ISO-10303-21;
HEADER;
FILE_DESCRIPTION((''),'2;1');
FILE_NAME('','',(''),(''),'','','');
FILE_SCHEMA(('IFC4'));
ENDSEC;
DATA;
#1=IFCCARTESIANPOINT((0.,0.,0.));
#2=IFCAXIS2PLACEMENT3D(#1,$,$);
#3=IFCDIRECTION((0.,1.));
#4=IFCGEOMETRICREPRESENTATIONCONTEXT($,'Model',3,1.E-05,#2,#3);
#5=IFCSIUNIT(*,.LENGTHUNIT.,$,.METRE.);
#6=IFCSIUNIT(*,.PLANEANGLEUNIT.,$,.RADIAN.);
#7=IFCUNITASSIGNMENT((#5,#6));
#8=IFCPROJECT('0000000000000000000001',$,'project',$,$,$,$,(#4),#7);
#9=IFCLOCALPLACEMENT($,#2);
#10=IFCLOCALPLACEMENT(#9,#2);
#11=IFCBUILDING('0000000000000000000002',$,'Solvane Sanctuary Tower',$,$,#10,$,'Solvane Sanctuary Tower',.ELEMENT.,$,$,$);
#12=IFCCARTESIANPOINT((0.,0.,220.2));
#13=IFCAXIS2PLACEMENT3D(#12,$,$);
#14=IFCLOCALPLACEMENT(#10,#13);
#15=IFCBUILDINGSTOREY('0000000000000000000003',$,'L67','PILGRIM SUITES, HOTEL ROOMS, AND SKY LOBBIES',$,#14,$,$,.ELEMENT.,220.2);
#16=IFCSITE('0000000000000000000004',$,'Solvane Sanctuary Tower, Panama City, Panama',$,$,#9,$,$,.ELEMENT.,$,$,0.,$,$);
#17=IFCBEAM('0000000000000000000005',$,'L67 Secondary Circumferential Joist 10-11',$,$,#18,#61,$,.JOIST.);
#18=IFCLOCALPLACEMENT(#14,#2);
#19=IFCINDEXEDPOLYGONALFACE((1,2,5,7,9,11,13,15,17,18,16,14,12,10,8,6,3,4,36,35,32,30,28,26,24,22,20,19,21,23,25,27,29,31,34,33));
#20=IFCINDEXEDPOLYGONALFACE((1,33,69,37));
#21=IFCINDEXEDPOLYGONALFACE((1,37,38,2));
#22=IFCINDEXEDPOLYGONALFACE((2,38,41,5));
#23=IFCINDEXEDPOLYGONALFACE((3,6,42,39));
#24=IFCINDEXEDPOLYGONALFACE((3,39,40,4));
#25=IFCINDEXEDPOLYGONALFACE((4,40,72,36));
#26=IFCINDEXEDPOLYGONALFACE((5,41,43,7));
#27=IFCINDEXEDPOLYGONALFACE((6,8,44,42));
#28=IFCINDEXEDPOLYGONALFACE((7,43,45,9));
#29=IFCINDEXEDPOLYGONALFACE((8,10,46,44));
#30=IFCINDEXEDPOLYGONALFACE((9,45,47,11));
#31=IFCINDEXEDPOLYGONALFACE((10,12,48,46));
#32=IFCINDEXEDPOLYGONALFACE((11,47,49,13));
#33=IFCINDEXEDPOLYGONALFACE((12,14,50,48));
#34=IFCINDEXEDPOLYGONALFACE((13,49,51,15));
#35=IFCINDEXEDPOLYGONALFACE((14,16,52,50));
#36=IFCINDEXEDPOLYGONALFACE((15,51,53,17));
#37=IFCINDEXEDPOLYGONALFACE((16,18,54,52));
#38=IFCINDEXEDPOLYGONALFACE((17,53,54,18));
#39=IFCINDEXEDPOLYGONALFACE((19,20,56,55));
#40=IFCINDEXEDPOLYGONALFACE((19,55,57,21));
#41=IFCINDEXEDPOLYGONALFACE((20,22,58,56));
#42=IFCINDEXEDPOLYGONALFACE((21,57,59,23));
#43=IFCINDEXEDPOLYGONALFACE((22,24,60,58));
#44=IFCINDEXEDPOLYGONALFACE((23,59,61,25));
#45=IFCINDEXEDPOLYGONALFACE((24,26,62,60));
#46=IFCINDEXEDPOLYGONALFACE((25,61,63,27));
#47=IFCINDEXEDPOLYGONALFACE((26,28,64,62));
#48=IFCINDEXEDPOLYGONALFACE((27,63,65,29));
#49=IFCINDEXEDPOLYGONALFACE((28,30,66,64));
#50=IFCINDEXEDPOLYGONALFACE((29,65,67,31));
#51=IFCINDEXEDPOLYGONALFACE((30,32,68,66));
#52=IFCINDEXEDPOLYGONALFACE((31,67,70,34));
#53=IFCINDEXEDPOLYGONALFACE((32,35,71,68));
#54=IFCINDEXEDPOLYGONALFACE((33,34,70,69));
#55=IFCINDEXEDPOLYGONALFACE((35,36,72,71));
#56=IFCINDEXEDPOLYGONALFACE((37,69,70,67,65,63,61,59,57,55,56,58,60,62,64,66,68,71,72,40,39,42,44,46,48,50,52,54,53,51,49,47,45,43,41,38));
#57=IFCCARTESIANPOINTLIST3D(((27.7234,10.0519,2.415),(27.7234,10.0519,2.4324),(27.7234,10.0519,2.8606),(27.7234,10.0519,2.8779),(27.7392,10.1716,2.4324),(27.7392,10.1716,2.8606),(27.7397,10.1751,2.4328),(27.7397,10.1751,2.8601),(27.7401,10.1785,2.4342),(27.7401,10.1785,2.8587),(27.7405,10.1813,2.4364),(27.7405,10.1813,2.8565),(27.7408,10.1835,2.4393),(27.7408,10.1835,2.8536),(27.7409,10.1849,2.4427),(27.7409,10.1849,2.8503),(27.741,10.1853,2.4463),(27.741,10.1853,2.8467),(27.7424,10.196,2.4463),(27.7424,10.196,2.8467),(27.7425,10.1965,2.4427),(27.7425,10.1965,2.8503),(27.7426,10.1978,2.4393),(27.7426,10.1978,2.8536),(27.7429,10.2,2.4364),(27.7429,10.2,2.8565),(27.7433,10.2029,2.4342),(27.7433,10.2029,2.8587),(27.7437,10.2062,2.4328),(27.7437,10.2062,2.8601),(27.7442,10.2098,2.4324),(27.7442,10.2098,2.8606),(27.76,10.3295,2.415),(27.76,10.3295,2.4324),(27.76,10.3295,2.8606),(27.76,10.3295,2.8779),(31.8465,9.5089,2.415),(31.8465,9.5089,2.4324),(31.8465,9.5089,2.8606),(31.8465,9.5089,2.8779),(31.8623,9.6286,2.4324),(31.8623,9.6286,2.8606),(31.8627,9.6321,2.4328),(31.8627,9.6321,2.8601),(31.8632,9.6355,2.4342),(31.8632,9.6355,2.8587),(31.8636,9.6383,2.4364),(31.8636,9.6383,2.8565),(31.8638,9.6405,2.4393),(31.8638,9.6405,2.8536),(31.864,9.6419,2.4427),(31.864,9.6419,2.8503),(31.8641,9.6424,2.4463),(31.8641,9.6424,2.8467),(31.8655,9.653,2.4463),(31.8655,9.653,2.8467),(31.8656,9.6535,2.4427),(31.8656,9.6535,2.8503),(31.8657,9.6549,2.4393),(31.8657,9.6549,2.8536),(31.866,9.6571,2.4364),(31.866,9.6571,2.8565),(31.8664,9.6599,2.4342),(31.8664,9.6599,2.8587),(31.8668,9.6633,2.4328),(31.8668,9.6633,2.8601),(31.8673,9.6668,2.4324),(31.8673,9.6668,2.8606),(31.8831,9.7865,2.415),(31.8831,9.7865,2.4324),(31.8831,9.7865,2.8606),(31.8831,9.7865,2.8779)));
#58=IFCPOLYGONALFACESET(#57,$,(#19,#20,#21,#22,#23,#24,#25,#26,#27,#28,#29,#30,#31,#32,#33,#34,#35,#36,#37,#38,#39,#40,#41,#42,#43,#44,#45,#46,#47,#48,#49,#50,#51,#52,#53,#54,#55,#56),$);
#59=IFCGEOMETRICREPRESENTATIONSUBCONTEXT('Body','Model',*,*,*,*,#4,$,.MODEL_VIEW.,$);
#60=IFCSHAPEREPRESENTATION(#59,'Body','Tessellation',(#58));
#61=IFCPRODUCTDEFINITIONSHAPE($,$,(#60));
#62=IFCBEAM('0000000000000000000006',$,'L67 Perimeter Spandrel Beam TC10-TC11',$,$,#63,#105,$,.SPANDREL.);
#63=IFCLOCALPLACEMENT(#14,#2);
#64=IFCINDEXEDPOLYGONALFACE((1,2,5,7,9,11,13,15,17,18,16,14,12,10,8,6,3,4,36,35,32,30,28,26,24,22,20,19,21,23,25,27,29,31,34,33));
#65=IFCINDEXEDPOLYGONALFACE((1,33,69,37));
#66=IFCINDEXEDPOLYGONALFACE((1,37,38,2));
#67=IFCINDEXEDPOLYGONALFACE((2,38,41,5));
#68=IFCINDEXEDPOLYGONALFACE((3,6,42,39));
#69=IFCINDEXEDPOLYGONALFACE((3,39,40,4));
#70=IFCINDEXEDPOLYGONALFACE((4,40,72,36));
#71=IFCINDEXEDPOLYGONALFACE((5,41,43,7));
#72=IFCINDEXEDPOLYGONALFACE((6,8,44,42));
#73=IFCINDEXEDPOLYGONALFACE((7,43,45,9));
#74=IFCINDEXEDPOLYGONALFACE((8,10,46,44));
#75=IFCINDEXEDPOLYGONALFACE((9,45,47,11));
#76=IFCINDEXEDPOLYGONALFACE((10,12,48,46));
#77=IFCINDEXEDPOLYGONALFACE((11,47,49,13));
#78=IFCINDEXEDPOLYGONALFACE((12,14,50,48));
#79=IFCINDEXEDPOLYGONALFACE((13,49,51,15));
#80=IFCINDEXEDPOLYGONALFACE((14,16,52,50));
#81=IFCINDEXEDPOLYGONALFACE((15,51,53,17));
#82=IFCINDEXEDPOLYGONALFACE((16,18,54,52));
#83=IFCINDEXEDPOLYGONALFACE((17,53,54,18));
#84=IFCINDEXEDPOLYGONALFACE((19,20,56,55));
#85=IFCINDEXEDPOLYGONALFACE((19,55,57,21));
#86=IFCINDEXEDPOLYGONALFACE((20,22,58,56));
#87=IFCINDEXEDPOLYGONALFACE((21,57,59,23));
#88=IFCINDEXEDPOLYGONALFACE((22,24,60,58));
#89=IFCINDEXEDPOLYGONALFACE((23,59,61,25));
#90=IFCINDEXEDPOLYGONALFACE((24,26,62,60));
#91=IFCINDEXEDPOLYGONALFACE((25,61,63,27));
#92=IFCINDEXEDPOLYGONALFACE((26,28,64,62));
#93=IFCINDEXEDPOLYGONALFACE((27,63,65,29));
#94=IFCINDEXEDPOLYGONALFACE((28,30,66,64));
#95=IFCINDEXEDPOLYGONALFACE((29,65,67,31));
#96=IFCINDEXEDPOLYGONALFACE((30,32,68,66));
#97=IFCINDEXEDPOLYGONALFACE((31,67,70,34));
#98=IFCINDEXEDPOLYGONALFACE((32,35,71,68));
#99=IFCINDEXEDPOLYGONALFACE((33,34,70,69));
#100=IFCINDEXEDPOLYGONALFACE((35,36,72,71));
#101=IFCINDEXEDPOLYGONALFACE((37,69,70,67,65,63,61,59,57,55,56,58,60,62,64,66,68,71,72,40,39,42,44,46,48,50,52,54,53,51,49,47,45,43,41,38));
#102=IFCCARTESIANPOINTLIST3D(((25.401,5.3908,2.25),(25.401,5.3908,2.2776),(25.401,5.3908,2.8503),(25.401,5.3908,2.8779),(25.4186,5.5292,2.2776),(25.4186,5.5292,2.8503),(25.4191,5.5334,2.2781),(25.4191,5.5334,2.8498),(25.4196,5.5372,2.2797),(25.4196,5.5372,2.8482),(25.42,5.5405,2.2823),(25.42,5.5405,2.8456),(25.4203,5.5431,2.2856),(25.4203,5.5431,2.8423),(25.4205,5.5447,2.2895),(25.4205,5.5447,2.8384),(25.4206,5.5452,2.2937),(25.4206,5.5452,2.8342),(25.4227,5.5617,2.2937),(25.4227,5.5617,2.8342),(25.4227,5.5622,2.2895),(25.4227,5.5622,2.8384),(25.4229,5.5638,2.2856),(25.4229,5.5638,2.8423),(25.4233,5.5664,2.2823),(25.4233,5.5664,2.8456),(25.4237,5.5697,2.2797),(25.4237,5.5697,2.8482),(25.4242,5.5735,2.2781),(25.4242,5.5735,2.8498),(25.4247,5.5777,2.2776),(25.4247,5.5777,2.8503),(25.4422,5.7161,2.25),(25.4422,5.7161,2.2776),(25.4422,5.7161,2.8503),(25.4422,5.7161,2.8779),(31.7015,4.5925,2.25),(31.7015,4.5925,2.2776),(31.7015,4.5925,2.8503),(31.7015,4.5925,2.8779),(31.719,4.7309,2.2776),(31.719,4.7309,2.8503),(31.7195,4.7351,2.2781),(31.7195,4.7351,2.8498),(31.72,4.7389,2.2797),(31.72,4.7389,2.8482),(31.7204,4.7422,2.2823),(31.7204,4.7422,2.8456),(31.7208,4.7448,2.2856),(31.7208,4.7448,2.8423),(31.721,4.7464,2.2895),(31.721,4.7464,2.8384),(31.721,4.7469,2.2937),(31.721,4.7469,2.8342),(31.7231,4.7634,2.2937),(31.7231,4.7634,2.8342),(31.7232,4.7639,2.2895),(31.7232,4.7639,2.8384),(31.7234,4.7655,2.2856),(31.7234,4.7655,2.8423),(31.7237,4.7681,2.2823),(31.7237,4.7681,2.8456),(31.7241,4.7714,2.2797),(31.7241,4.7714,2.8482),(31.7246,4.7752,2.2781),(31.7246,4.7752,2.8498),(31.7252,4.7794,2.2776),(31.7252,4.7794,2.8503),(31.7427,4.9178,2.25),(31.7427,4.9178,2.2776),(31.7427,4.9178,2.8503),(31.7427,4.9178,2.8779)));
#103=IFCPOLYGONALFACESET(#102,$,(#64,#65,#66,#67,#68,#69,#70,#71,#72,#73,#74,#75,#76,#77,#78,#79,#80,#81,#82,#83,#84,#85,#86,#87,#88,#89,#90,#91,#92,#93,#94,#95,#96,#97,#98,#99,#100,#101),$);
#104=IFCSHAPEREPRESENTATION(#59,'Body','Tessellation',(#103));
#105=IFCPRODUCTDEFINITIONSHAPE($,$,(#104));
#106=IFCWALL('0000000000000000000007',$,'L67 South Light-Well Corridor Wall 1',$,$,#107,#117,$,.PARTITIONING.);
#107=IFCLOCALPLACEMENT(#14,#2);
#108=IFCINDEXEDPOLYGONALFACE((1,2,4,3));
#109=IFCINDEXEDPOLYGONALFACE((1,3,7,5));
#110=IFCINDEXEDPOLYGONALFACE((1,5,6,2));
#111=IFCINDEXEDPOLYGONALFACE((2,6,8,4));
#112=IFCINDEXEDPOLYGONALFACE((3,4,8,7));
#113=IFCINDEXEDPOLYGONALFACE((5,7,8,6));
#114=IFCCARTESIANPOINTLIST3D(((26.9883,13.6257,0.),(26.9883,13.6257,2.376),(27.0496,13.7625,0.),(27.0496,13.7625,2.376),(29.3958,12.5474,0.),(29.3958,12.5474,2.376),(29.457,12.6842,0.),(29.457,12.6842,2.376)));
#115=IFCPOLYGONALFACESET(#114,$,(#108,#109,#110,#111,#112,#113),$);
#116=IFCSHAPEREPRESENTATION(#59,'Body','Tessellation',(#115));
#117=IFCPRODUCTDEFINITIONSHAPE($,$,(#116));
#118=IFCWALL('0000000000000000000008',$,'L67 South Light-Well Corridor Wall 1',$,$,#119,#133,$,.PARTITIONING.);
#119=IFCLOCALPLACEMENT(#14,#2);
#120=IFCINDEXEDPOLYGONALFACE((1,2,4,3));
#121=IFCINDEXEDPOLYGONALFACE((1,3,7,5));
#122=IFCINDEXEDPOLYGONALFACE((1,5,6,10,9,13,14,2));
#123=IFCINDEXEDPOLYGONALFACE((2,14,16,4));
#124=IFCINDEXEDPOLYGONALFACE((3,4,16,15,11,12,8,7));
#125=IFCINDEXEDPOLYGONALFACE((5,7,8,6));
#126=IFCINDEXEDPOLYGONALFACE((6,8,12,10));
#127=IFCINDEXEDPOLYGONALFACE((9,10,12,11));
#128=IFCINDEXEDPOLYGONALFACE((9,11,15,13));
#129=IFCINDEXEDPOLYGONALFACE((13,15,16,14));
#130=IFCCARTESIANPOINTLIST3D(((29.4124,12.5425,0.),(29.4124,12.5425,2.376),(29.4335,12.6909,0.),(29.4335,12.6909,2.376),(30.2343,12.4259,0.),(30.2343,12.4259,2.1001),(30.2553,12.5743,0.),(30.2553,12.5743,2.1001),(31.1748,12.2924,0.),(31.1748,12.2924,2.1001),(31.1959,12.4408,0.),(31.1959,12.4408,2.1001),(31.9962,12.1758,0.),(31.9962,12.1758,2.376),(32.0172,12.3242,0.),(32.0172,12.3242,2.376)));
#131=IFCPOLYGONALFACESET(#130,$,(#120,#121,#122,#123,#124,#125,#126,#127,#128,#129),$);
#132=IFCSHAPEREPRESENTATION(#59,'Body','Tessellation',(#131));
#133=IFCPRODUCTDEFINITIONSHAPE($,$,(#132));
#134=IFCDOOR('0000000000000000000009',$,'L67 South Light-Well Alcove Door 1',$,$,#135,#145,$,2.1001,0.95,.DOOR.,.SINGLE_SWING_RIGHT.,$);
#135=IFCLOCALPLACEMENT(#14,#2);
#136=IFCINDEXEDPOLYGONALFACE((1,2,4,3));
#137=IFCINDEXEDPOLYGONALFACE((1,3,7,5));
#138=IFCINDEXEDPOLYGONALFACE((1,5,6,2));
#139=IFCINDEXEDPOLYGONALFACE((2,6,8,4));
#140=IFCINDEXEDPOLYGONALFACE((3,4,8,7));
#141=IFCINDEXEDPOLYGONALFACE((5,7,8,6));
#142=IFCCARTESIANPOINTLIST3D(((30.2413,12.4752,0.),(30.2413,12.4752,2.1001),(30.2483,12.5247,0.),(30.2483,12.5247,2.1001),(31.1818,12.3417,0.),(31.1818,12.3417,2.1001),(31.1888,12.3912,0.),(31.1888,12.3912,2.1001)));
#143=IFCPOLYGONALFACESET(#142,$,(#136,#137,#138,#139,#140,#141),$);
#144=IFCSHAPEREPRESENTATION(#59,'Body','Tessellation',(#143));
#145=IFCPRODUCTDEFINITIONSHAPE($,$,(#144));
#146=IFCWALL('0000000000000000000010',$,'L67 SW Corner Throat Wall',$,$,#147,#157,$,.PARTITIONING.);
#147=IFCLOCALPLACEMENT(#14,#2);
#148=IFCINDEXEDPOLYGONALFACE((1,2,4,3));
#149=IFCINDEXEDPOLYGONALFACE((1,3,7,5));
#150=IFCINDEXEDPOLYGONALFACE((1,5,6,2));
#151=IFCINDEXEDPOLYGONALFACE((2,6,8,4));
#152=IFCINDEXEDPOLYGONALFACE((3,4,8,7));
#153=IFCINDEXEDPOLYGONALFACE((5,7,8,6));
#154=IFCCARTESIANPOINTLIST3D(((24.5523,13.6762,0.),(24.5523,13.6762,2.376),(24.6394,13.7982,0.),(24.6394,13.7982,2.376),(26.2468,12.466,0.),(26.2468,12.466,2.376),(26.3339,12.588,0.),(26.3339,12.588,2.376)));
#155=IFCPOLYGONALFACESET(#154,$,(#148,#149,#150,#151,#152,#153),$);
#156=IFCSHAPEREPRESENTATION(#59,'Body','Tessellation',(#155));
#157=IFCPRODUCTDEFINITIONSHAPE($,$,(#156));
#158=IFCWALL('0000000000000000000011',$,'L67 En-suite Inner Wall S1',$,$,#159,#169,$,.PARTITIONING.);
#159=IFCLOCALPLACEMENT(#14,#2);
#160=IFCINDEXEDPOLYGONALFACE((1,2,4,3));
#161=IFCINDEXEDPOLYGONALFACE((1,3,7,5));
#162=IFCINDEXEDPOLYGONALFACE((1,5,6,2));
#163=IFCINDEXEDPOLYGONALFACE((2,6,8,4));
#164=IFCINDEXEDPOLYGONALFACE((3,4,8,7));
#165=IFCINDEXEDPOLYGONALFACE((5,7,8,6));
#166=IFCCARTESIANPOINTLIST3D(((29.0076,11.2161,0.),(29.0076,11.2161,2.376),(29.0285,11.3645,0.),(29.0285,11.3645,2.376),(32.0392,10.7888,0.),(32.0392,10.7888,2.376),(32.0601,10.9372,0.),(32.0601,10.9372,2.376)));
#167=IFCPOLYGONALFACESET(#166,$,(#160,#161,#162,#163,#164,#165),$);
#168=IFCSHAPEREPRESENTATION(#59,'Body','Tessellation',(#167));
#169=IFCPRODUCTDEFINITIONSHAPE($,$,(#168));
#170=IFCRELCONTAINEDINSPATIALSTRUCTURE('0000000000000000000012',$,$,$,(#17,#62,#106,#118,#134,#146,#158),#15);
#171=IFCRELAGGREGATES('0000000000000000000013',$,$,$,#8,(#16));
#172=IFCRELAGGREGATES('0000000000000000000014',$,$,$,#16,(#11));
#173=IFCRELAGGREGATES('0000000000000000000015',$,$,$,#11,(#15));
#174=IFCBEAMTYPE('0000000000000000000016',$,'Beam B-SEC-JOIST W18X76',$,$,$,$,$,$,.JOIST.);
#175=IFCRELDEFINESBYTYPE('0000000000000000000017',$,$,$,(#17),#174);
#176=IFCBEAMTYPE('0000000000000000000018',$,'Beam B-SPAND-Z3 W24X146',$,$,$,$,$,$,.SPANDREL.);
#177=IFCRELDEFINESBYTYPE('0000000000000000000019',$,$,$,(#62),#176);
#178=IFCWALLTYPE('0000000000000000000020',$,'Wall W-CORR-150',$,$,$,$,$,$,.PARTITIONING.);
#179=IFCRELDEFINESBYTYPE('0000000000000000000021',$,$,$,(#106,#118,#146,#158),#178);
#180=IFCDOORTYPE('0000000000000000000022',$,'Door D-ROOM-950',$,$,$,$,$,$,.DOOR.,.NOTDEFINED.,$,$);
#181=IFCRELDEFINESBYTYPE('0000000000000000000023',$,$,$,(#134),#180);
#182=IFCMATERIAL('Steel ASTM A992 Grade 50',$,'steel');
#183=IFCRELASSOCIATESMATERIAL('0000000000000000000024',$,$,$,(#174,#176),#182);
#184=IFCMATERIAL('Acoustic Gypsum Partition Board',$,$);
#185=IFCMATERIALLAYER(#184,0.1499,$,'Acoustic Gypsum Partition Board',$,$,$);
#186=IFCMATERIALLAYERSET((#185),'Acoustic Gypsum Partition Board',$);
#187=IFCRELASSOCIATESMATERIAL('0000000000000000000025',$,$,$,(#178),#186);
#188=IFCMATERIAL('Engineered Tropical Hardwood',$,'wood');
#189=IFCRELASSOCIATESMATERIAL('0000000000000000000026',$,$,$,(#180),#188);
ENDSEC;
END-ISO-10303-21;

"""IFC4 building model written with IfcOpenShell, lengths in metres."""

from ifc_helpers import new_model, si_unit, direction, frame, frame_2d, origin, origin_2d, place, context, subcontext, project, spatial, rectangle, i_section, extrude, material, layer, layer_set, material_profile, profile_set, type_object, element, fill, save


model = new_model("IFC4")

# Units and contexts
model_context = context("Model", 3, precision=1e-05, world=origin(), true_north=direction((0.0, 1.0)))
body_context = subcontext(model_context, "Body", "Model", "MODEL_VIEW")
ifc_project = project(units=[si_unit("LENGTHUNIT", "METRE"), si_unit("PLANEANGLEUNIT", "RADIAN")], contexts=[model_context])

# Site, building, storey
site_placement = place(None, origin())
site = spatial("IfcSite", under=ifc_project, at=site_placement, Name="Solvane Sanctuary Tower, Panama City, Panama", CompositionType="ELEMENT", RefElevation=0.0)
building_placement = place(site_placement, origin())
building = spatial("IfcBuilding", under=site, at=building_placement, Name="Solvane Sanctuary Tower", LongName="Solvane Sanctuary Tower", CompositionType="ELEMENT")
storey_placement = place(building_placement, frame((0.0, 0.0, 220.2)))
storey = spatial("IfcBuildingStorey", under=building, at=storey_placement, Name="L67", Description="PILGRIM SUITES, HOTEL ROOMS, AND SKY LOBBIES", CompositionType="ELEMENT", Elevation=220.2)

# Beams
ifc_material_1 = material(Name="Steel ASTM A992 Grade 50", Category="steel")
ifc_material_profile_1 = material_profile(ifc_material_1, i_section(OverallWidth=0.28, OverallDepth=0.4629, WebThickness=0.0107, FlangeThickness=0.0173, FilletRadius=0.0139, at=origin_2d()), Name="W18X76")
ifc_profile_set_1 = profile_set([ifc_material_profile_1], Name="Steel ASTM A992 Grade 50")
beam_type_1 = type_object("IfcBeamType", Name="Beam B-SEC-JOIST W18X76", PredefinedType="JOIST", material=ifc_profile_set_1)
beam_1_placement = place(storey_placement, frame((27.7417, 10.1907, 2.6465), z_axis=(0.99144, -0.130564, 0.0), x_axis=(0.130564, 0.99144, 0.0)))
element("IfcBeam", 1, at=beam_1_placement, inside=storey, type_object=beam_type_1, Name="L67 Secondary Circumferential Joist 10-11", PredefinedType="JOIST", context=body_context, shape_type="SweptSolid", body=[
    extrude(i_section(OverallWidth=0.28, OverallDepth=0.4629, WebThickness=0.0107, FlangeThickness=0.0173, FilletRadius=0.0139, at=origin_2d()), origin(), (0.0, 0.0, 1.0), 4.1587),
])
ifc_material_profile_2 = material_profile(ifc_material_1, i_section(OverallWidth=0.3279, OverallDepth=0.6279, WebThickness=0.0166, FlangeThickness=0.0276, FilletRadius=0.0161, at=origin_2d()), Name="W24X146")
ifc_profile_set_2 = profile_set([ifc_material_profile_2], Name="Steel ASTM A992 Grade 50")
beam_type_2 = type_object("IfcBeamType", Name="Beam B-SPAND-Z3 W24X146", PredefinedType="SPANDREL", material=ifc_profile_set_2)
beam_2_placement = place(storey_placement, frame((25.4216, 5.5535, 2.564), z_axis=(0.992068, -0.125705, 0.0), x_axis=(0.125705, 0.992068, 0.0)))
element("IfcBeam", 2, at=beam_2_placement, inside=storey, type_object=beam_type_2, Name="L67 Perimeter Spandrel Beam TC10-TC11", PredefinedType="SPANDREL", context=body_context, shape_type="SweptSolid", body=[
    extrude(i_section(OverallWidth=0.3279, OverallDepth=0.6279, WebThickness=0.0166, FlangeThickness=0.0276, FilletRadius=0.0161, at=origin_2d()), origin(), (0.0, 0.0, 1.0), 6.3508),
])

# Wall
ifc_material_2 = material(Name="Acoustic Gypsum Partition Board")
ifc_layer_1 = layer(ifc_material_2, 0.1499, Name="Acoustic Gypsum Partition Board")
ifc_layer_set_1 = layer_set([ifc_layer_1], Name="Acoustic Gypsum Partition Board")
wall_type_1 = type_object("IfcWallType", Name="Wall W-CORR-150", PredefinedType="PARTITIONING", material=ifc_layer_set_1)
wall_1_placement = place(storey_placement, frame((27.019, 13.6941, 0.0), z_axis=(0.0, 0.0, 1.0), x_axis=(0.912628, -0.40879, 0.0)))
element("IfcWall", 3, at=wall_1_placement, inside=storey, type_object=wall_type_1, Name="L67 South Light-Well Corridor Wall 1", PredefinedType="PARTITIONING", context=body_context, shape_type="SweptSolid", body=[
    extrude(rectangle(XDim=2.6379, YDim=0.1499, at=frame_2d((1.3188, 0.0))), origin(), (0.0, 0.0, 1.0), 2.376),
])

# Wall, opening, door
wall_2_placement = place(storey_placement, frame((29.4231, 12.6167, 0.0), z_axis=(0.0, 0.0, 1.0), x_axis=(0.990078, -0.140518, 0.0)))
wall_2 = element("IfcWall", 4, at=wall_2_placement, inside=storey, type_object=wall_type_1, Name="L67 South Light-Well Corridor Wall 1", PredefinedType="PARTITIONING", context=body_context, shape_type="SweptSolid", body=[
    extrude(rectangle(XDim=2.6096, YDim=0.1499, at=frame_2d((1.3047, 0.0))), origin(), (0.0, 0.0, 1.0), 2.376),
])
opening_1_placement = place(wall_2_placement, frame((0.8298, 0.0, 0.0)))
opening_1 = element("IfcOpeningElement", 5, at=opening_1_placement, cuts=wall_2, PredefinedType="OPENING", context=body_context, shape_type="SweptSolid", body=[
    extrude(rectangle(XDim=0.95, YDim=2.1001, at=frame_2d((0.4751, 1.05))), frame((0.0, 0.085, 0.0), z_axis=(0.0, -1.0, 0.0), x_axis=(1.0, 0.0, 0.0)), (0.0, 0.0, 1.0), 0.1699),
])
ifc_material_3 = material(Name="Engineered Tropical Hardwood", Category="wood")
door_type_1 = type_object("IfcDoorType", Name="Door D-ROOM-950", OperationType="NOTDEFINED", PredefinedType="DOOR", material=ifc_material_3)
door_1_placement = place(opening_1_placement, origin())
door_1 = element("IfcDoor", 6, at=door_1_placement, inside=storey, type_object=door_type_1, Name="L67 South Light-Well Alcove Door 1", OperationType="SINGLE_SWING_RIGHT", OverallHeight=2.1001, OverallWidth=0.95, PredefinedType="DOOR", context=body_context, shape_type="SweptSolid", body=[
    extrude(rectangle(XDim=0.95, YDim=2.1001, at=frame_2d((0.4751, 1.05))), frame((0.0, 0.0249, 0.0), z_axis=(0.0, -1.0, 0.0), x_axis=(1.0, 0.0, 0.0)), (0.0, 0.0, 1.0), 0.05),
])
fill(opening_1, door_1)

# Walls
wall_3_placement = place(storey_placement, frame((26.2903, 12.5271, 0.0), z_axis=(0.0, 0.0, 1.0), x_axis=(-0.813781, 0.581172, 0.0)))
element("IfcWall", 7, at=wall_3_placement, inside=storey, type_object=wall_type_1, Name="L67 SW Corner Throat Wall", PredefinedType="PARTITIONING", context=body_context, shape_type="SweptSolid", body=[
    extrude(rectangle(XDim=2.0823, YDim=0.1499, at=frame_2d((1.041, 0.0))), origin(), (0.0, 0.0, 1.0), 2.376),
])
wall_4_placement = place(storey_placement, frame((29.0181, 11.2903, 0.0), z_axis=(0.0, 0.0, 1.0), x_axis=(0.990214, -0.139557, 0.0)))
element("IfcWall", 8, at=wall_4_placement, inside=storey, type_object=wall_type_1, Name="L67 En-suite Inner Wall S1", PredefinedType="PARTITIONING", context=body_context, shape_type="SweptSolid", body=[
    extrude(rectangle(XDim=3.0615, YDim=0.1499, at=frame_2d((1.5308, 0.0))), origin(), (0.0, 0.0, 1.0), 2.376),
])

save(model, "model.ifc")
